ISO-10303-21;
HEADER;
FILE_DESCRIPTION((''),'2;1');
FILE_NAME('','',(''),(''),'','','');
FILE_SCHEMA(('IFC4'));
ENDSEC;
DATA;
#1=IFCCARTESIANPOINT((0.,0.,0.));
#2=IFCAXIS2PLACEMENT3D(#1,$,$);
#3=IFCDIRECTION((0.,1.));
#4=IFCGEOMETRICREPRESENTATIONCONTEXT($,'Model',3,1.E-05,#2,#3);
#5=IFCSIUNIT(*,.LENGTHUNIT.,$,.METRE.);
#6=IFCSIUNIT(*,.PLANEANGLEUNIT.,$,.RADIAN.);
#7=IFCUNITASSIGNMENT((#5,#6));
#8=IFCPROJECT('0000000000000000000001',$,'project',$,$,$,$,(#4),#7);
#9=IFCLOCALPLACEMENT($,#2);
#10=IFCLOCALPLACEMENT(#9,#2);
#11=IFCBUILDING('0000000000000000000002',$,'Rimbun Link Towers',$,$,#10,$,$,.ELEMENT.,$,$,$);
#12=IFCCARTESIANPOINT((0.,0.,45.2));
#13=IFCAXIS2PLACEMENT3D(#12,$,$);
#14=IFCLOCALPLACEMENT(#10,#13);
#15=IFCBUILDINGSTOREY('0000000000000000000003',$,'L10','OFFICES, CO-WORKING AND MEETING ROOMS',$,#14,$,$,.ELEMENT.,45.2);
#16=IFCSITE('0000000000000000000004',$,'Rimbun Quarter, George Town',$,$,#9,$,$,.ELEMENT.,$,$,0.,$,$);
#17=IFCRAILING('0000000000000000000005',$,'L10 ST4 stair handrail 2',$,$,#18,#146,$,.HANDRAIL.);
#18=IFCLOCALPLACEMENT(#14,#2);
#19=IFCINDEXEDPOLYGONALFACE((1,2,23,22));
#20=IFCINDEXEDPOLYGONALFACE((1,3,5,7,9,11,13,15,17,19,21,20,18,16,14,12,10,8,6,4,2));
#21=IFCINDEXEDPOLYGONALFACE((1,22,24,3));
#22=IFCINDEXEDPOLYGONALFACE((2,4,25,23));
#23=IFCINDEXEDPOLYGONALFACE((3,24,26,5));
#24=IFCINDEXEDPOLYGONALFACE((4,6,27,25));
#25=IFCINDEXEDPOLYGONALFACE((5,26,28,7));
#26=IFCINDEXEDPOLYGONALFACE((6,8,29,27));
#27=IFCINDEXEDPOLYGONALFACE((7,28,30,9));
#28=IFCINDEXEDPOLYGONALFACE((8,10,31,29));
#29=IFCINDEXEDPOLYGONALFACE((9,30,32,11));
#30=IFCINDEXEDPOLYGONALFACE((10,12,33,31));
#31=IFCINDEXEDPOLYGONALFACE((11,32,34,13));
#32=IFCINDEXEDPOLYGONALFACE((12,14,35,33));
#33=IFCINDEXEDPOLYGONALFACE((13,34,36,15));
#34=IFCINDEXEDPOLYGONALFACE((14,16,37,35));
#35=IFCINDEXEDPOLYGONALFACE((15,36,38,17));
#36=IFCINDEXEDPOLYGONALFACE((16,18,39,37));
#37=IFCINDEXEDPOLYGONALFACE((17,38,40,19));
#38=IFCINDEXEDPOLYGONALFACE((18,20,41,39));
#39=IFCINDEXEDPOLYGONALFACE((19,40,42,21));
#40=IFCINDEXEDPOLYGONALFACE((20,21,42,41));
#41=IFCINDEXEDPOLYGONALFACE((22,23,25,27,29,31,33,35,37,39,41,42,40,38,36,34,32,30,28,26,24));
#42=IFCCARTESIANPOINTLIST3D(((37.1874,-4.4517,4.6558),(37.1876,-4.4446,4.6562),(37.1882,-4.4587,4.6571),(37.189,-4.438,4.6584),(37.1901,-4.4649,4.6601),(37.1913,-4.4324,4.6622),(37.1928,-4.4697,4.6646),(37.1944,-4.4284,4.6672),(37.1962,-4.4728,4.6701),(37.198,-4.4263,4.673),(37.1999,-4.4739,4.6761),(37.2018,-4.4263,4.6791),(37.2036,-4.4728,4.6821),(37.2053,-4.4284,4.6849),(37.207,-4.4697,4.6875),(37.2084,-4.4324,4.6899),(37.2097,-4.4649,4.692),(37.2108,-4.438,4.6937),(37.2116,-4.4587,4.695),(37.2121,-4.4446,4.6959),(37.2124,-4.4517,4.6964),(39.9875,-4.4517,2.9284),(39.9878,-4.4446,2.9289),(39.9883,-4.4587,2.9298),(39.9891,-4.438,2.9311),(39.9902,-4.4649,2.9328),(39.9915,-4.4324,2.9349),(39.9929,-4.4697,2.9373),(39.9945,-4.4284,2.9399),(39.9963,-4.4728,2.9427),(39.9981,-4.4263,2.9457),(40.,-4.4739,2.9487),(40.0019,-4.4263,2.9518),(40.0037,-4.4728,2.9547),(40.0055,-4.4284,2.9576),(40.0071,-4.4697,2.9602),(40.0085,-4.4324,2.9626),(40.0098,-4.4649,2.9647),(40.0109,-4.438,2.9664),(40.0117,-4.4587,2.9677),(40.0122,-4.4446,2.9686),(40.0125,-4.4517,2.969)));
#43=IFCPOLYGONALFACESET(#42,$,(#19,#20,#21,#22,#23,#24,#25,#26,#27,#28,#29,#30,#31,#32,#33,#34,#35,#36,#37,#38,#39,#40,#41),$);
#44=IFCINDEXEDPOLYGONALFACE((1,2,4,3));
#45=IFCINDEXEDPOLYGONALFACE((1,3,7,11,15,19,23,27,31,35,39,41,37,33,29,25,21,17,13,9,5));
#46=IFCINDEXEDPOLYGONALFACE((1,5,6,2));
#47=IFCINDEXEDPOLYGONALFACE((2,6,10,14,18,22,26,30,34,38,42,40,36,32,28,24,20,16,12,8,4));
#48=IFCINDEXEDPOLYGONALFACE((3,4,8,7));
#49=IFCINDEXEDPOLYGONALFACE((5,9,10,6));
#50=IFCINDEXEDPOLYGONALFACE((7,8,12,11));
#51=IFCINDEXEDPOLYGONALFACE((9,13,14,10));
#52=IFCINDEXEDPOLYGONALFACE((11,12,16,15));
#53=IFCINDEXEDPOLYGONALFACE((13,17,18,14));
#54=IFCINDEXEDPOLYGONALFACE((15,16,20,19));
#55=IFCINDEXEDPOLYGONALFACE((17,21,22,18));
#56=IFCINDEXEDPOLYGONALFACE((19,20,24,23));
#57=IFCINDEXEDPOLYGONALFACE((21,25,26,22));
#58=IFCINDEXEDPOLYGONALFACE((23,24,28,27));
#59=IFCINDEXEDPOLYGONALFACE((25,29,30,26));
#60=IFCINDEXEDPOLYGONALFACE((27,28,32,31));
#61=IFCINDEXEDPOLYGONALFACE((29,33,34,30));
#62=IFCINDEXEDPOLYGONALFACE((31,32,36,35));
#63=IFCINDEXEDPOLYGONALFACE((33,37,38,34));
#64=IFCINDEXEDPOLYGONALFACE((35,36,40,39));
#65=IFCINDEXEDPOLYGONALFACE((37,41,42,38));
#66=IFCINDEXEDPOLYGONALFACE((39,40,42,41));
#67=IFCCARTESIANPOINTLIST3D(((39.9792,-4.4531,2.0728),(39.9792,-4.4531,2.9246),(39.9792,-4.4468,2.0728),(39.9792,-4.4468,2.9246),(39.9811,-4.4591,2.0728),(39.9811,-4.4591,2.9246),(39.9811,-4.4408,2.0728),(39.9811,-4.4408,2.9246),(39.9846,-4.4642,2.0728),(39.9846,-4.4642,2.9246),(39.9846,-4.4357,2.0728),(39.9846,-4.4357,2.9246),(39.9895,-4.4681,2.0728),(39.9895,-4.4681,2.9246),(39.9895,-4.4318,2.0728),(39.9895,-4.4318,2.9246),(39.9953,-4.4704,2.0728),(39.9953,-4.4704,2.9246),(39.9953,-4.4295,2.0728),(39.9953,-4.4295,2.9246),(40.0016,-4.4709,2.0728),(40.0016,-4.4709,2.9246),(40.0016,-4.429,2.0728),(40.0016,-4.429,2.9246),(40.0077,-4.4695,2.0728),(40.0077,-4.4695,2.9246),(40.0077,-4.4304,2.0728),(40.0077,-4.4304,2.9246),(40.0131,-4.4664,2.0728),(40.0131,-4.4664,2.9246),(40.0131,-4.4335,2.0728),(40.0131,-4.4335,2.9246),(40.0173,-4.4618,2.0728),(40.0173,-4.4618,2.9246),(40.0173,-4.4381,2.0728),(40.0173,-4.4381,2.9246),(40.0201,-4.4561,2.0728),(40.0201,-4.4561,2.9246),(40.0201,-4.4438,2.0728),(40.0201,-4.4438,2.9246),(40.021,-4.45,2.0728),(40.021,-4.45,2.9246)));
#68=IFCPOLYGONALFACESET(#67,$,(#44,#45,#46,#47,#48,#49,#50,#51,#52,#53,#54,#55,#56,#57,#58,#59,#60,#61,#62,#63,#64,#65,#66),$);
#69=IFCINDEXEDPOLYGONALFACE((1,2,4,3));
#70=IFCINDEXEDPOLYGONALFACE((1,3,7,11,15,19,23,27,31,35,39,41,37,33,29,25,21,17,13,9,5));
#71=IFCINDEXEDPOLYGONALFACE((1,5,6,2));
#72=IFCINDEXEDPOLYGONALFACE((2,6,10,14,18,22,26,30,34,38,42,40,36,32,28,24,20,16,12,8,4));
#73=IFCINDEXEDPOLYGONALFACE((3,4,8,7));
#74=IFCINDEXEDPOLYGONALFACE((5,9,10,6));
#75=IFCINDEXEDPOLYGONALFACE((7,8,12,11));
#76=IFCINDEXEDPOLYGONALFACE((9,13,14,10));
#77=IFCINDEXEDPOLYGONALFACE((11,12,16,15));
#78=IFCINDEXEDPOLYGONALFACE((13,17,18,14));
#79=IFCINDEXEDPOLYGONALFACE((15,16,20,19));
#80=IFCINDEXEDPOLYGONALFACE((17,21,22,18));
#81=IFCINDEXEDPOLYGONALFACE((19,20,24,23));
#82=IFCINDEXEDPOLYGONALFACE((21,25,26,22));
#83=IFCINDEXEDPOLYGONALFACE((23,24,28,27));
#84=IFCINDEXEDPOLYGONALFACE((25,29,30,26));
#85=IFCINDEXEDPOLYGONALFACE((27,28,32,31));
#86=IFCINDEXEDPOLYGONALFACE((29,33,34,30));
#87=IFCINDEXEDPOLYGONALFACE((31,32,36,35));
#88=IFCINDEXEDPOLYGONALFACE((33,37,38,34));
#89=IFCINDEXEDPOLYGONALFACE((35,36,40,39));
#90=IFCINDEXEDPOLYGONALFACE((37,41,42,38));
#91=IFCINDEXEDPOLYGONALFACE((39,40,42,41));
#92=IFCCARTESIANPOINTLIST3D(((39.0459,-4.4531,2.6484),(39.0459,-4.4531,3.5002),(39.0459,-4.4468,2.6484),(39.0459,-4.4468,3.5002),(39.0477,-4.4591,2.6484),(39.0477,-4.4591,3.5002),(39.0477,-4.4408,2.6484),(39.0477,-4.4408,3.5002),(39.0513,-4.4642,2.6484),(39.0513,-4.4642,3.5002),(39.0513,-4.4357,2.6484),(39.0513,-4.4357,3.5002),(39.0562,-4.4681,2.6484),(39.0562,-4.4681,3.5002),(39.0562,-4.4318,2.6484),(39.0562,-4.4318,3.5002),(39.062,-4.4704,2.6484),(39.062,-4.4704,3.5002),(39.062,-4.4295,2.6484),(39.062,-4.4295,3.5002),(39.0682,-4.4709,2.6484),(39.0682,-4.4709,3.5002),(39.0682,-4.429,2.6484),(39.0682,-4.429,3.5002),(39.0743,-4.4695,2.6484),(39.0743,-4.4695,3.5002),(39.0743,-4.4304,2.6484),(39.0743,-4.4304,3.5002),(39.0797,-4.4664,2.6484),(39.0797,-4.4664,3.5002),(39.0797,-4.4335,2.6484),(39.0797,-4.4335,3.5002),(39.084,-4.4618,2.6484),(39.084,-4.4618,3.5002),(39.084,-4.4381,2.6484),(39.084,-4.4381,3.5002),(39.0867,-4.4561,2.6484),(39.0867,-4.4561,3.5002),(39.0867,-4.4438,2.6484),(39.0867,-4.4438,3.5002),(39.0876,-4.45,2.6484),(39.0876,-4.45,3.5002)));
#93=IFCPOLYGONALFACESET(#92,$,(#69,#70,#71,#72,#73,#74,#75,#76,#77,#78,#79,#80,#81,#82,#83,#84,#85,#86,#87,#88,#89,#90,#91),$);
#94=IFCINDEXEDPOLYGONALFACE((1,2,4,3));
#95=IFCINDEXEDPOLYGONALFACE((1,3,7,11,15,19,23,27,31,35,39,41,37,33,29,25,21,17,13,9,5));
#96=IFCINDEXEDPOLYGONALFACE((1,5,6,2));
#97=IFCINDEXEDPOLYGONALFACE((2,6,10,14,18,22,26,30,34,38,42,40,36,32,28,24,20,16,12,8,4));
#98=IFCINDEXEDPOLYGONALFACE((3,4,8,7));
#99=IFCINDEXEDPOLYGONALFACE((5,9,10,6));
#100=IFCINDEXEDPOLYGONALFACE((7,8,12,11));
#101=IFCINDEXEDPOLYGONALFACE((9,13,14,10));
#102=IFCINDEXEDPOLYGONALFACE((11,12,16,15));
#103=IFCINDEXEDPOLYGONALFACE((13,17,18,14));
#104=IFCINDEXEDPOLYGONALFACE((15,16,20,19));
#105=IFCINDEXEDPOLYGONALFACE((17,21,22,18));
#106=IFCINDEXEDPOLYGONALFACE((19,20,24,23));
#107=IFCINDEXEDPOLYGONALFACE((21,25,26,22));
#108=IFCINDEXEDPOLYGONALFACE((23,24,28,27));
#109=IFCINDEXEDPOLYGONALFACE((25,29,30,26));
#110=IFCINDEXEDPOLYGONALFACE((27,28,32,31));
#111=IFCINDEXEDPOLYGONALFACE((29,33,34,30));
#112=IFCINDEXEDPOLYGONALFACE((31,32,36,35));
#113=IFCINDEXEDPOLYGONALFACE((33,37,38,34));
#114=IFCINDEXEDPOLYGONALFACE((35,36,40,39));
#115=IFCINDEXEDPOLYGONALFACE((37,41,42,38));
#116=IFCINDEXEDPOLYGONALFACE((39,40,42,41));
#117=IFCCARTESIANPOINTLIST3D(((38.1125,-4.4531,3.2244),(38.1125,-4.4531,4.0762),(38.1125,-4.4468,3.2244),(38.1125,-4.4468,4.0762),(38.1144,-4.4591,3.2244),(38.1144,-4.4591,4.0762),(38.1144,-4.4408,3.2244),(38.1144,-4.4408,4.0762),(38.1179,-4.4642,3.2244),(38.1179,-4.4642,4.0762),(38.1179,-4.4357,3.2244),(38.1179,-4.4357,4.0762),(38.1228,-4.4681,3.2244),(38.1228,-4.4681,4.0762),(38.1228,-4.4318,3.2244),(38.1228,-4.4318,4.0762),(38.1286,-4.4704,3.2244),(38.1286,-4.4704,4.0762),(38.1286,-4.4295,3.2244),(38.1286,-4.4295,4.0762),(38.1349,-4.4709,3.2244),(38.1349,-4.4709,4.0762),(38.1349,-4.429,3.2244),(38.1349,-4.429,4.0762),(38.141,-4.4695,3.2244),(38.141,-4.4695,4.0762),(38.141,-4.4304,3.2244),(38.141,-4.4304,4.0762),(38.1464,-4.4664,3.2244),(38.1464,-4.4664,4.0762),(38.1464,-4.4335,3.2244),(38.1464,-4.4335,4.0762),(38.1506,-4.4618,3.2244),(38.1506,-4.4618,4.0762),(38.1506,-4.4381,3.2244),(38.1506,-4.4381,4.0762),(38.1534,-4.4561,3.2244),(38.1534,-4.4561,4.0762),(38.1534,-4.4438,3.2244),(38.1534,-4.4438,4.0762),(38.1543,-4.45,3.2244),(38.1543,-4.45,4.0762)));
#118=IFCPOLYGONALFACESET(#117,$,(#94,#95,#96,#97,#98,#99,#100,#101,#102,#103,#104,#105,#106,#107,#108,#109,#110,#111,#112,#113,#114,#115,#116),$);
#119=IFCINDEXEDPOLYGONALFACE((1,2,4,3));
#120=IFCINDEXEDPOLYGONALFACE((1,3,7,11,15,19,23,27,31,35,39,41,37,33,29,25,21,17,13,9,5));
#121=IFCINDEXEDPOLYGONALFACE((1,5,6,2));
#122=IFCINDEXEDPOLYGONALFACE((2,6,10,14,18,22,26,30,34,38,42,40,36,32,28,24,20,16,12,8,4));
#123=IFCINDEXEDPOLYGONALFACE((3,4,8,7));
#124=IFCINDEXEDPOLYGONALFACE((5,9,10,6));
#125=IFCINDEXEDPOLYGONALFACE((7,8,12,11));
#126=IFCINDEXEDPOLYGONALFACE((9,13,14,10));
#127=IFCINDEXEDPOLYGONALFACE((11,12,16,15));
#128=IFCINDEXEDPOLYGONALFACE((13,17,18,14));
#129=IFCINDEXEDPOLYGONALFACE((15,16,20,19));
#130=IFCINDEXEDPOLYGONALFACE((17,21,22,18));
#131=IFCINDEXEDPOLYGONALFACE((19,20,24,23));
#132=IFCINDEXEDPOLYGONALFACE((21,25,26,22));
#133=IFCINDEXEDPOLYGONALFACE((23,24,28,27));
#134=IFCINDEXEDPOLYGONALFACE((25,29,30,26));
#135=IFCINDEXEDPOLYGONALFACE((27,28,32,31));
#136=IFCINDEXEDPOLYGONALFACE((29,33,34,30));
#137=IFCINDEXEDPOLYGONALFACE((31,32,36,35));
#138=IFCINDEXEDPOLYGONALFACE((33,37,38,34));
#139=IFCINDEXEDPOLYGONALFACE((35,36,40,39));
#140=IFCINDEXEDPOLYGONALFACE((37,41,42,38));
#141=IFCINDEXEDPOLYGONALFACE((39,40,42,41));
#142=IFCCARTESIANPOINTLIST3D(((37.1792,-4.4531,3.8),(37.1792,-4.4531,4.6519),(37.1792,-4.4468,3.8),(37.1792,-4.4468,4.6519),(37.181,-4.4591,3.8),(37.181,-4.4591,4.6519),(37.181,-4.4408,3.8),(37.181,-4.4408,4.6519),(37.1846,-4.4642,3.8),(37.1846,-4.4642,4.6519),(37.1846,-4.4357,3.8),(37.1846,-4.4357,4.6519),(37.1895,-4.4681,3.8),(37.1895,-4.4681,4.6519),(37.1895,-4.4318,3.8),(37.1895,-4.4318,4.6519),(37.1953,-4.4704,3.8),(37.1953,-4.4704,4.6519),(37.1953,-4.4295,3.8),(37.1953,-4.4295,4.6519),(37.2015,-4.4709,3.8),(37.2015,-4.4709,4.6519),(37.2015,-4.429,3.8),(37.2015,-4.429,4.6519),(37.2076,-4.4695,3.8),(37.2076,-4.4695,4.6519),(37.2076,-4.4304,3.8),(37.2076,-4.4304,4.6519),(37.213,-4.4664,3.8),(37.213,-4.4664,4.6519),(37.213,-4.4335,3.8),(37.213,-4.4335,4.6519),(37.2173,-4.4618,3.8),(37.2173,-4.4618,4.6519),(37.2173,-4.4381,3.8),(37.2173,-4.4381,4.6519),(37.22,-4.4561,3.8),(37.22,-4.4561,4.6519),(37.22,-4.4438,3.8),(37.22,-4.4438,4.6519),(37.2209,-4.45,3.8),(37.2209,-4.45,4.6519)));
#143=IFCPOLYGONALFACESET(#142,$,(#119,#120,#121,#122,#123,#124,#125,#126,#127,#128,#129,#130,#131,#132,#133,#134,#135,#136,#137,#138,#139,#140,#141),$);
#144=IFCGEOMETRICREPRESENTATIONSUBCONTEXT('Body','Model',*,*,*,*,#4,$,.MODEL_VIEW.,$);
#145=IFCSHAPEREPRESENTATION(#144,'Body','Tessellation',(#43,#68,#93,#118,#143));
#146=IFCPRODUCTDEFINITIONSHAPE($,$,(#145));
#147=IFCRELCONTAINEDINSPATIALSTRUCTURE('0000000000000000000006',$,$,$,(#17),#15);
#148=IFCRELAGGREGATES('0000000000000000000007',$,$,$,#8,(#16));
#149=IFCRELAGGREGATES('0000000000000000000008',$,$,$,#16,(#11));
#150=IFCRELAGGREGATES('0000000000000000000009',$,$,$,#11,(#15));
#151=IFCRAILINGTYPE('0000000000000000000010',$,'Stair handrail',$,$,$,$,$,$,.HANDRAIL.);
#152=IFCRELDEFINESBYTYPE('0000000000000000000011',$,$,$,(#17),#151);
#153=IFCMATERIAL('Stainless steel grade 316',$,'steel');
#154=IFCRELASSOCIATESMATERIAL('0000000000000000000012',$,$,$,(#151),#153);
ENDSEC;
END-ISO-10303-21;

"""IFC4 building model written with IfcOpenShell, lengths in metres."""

from ifc_helpers import new_model, si_unit, direction, frame, origin, origin_2d, place, context, subcontext, project, spatial, circle, extrude, material, type_object, element, save


model = new_model("IFC4")

# Units and contexts
model_context = context("Model", 3, precision=1e-05, world=origin(), true_north=direction((0.0, 1.0)))
body_context = subcontext(model_context, "Body", "Model", "MODEL_VIEW")
ifc_project = project(units=[si_unit("LENGTHUNIT", "METRE"), si_unit("PLANEANGLEUNIT", "RADIAN")], contexts=[model_context])

# Site, building, storey
site_placement = place(None, origin())
site = spatial("IfcSite", under=ifc_project, at=site_placement, Name="Rimbun Quarter, George Town", CompositionType="ELEMENT", RefElevation=0.0)
building_placement = place(site_placement, origin())
building = spatial("IfcBuilding", under=site, at=building_placement, Name="Rimbun Link Towers", CompositionType="ELEMENT")
storey_placement = place(building_placement, frame((0.0, 0.0, 45.2)))
storey = spatial("IfcBuildingStorey", under=building, at=storey_placement, Name="L10", Description="OFFICES, CO-WORKING AND MEETING ROOMS", CompositionType="ELEMENT", Elevation=45.2)

# Railing
ifc_material_1 = material(Name="Stainless steel grade 316", Category="steel")
railing_type_1 = type_object("IfcRailingType", Name="Stair handrail", PredefinedType="HANDRAIL", material=ifc_material_1)
railing_1_placement = place(storey_placement, frame((40.0, -4.45, 2.0728)))
element("IfcRailing", 1, at=railing_1_placement, inside=storey, type_object=railing_type_1, Name="L10 ST4 stair handrail 2", PredefinedType="HANDRAIL", context=body_context, shape_type="SweptSolid", body=[
    extrude(circle(Radius=0.0239, at=origin_2d()), frame((0.0, 0.0, 0.876), z_axis=(-0.85109, 0.0, 0.52502), x_axis=(0.0, -1.0, 0.0)), (0.0, 0.0, 1.0), 3.29),
    extrude(circle(Radius=0.021, at=origin_2d()), origin(), (0.0, 0.0, 1.0), 0.8518),
    extrude(circle(Radius=0.021, at=origin_2d()), frame((-0.9333, 0.0, 0.5757)), (0.0, 0.0, 1.0), 0.8518),
    extrude(circle(Radius=0.021, at=origin_2d()), frame((-1.8667, 0.0, 1.1516)), (0.0, 0.0, 1.0), 0.8518),
    extrude(circle(Radius=0.021, at=origin_2d()), frame((-2.8, 0.0, 1.7273)), (0.0, 0.0, 1.0), 0.8518),
])

save(model, "model.ifc")
